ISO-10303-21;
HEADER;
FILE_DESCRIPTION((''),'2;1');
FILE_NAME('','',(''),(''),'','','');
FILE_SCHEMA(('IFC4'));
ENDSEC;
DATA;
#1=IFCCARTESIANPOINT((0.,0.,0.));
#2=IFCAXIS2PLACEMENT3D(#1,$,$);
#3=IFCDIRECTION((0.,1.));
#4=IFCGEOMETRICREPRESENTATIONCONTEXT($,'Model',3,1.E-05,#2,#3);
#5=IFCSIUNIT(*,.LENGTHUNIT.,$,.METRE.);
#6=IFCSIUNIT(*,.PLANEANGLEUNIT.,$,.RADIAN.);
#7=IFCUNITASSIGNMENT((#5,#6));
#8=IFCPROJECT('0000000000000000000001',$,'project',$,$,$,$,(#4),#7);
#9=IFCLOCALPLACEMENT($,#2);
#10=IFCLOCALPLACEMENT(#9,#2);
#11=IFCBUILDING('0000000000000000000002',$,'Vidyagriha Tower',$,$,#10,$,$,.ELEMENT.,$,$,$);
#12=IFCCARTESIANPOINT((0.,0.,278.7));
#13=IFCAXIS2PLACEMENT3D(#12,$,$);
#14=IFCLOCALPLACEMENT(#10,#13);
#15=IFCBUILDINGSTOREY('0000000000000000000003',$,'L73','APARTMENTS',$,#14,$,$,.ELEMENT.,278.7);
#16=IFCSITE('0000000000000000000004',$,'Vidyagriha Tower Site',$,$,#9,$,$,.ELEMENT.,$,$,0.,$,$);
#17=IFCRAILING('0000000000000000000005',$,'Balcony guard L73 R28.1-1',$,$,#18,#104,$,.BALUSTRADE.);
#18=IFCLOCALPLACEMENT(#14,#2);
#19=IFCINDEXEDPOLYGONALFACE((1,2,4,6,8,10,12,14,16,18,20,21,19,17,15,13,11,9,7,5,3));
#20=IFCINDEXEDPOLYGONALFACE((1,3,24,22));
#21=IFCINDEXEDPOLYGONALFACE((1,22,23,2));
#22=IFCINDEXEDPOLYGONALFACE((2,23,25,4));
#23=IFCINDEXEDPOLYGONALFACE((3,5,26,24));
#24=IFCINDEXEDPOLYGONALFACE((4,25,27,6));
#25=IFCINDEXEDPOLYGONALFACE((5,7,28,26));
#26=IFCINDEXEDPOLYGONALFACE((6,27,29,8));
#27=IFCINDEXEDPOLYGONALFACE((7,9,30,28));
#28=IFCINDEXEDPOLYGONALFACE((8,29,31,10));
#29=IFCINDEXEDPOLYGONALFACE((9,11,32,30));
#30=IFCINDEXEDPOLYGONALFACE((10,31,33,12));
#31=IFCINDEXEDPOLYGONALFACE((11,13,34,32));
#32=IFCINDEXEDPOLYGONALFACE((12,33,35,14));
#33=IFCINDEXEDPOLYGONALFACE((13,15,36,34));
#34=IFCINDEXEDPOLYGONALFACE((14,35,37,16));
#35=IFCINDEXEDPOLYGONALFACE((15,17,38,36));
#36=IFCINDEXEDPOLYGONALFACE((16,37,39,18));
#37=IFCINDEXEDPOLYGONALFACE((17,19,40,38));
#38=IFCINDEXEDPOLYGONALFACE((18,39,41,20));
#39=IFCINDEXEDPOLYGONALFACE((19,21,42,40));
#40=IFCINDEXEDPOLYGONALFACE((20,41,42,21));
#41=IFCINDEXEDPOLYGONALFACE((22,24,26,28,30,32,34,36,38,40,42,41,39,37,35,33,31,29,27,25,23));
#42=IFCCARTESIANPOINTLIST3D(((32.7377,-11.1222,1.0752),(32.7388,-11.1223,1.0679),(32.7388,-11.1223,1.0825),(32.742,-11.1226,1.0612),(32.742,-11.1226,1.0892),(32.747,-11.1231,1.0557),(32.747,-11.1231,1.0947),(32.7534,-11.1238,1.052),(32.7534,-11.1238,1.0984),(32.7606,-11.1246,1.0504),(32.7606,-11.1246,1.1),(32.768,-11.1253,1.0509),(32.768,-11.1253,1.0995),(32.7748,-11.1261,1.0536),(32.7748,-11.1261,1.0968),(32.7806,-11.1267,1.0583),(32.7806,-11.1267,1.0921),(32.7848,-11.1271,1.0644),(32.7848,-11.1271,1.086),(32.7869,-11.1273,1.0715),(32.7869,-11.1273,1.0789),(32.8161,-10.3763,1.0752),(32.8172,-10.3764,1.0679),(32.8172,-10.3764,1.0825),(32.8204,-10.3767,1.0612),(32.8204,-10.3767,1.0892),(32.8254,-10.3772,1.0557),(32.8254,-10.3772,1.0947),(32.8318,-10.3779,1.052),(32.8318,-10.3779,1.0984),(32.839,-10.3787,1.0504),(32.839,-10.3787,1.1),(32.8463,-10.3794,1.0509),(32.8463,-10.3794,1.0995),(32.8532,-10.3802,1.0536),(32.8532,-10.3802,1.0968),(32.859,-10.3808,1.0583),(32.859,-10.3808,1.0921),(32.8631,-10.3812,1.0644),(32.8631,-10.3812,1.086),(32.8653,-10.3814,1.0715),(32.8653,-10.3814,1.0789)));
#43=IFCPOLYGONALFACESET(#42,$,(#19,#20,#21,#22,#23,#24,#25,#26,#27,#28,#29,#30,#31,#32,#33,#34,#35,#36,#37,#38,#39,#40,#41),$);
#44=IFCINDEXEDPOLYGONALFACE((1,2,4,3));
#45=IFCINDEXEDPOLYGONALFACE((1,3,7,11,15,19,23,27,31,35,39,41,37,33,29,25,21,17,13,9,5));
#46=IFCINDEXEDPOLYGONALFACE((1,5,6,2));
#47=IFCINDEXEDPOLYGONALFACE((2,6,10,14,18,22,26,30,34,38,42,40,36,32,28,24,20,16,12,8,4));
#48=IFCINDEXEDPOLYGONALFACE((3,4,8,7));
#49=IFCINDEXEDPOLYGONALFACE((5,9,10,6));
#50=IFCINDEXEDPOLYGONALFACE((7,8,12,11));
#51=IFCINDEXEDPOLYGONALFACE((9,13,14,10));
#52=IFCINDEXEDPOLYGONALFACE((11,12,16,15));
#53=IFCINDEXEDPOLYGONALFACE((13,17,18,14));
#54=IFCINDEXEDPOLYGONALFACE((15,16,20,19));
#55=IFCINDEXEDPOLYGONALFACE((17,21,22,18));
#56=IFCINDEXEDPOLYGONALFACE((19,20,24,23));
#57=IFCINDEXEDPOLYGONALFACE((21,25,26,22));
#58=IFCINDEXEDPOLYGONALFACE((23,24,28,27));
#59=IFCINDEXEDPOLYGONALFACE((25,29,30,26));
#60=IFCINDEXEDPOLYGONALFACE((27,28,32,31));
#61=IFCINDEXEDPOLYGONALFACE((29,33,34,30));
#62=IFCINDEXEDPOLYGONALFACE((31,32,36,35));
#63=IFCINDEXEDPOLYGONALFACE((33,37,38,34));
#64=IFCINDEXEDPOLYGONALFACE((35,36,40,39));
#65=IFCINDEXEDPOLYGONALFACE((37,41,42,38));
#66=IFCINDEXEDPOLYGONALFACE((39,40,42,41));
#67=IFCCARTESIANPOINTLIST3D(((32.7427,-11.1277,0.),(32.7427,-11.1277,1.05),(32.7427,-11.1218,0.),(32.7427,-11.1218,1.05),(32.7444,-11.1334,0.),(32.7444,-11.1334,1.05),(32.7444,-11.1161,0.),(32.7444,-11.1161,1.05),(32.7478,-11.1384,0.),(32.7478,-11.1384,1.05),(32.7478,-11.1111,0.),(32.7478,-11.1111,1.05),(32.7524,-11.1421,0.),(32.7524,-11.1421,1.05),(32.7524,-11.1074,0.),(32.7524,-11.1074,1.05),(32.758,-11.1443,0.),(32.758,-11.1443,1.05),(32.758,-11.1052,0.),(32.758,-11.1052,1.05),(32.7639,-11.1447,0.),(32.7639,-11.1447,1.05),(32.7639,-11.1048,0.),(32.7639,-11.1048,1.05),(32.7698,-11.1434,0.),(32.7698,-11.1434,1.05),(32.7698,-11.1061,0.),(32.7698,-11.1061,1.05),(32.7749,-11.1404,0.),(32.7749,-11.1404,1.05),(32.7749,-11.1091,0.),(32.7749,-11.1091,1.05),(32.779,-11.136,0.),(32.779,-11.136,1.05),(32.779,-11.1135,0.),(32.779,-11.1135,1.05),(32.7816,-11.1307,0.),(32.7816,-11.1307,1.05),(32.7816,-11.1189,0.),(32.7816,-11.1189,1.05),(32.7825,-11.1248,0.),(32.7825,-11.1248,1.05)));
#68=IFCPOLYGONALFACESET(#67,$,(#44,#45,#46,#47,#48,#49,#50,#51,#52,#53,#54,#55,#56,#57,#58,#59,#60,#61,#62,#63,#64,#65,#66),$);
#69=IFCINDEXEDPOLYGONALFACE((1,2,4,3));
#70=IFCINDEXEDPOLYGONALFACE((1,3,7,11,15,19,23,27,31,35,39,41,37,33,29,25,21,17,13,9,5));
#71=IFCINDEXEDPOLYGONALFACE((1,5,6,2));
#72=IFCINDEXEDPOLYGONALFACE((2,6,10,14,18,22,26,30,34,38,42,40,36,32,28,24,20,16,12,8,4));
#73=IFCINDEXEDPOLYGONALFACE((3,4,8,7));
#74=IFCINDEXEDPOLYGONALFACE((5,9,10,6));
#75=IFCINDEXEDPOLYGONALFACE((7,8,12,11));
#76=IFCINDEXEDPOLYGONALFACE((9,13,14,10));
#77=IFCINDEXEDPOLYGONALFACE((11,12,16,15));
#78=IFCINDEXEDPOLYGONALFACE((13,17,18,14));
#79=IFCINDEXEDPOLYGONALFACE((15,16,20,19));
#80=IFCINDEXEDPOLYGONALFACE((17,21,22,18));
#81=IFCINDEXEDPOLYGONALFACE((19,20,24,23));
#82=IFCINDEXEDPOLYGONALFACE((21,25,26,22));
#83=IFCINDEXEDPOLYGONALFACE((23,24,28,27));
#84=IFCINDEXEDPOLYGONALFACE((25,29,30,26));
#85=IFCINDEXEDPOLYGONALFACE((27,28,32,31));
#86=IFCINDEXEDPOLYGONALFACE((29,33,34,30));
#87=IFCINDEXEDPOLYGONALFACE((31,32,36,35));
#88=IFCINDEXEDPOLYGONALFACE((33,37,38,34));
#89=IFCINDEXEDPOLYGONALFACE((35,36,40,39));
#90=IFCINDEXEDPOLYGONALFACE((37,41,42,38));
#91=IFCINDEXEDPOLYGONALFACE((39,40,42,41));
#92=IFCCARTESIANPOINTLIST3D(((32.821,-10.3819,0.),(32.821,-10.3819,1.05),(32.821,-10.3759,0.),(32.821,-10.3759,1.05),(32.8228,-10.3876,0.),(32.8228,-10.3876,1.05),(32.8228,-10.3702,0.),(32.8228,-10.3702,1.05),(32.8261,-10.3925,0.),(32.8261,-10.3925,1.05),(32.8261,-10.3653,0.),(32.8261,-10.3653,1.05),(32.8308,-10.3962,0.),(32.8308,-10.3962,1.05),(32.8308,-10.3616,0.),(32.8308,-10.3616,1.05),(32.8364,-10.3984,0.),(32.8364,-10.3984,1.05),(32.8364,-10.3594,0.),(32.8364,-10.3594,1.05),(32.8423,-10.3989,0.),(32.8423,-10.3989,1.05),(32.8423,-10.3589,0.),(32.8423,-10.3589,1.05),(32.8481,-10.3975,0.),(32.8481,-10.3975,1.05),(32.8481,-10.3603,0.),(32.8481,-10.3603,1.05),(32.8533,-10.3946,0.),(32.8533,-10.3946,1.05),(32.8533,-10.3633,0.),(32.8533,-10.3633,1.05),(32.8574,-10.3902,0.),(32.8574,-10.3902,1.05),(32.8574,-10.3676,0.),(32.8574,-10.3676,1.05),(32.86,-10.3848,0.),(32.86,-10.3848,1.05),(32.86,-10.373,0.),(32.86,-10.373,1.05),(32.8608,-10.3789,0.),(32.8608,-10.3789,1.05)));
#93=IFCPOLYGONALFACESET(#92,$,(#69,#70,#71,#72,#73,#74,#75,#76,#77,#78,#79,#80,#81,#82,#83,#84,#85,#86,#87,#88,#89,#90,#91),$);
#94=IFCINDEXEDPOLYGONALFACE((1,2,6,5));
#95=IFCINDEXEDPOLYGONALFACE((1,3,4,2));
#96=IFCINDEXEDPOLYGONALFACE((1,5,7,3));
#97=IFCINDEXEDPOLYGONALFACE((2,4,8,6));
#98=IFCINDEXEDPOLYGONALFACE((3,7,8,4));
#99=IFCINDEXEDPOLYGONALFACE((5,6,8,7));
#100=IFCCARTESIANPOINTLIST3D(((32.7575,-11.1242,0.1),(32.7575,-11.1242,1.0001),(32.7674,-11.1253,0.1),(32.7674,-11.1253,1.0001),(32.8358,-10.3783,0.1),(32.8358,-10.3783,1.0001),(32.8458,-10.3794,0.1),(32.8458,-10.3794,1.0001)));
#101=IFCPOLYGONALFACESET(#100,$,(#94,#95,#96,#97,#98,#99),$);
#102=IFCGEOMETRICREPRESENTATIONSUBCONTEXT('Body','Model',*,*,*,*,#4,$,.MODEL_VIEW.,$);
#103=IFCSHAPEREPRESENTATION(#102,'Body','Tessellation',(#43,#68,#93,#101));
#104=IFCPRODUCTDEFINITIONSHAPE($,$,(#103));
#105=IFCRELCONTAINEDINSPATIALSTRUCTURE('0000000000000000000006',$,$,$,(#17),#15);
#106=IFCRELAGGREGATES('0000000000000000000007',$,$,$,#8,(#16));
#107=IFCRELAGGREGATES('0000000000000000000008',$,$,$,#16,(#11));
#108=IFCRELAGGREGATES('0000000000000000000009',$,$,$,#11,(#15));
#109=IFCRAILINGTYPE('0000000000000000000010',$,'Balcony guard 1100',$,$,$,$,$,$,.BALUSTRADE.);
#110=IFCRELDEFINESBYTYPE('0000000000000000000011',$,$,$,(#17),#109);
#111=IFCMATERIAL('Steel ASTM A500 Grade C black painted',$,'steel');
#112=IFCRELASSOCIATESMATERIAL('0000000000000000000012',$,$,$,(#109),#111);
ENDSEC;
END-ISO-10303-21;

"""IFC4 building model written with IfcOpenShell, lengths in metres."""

from ifc_helpers import new_model, si_unit, direction, frame, origin, origin_2d, place, context, subcontext, project, spatial, rectangle, circle, extrude, material, type_object, element, save


model = new_model("IFC4")

# Units and contexts
model_context = context("Model", 3, precision=1e-05, world=origin(), true_north=direction((0.0, 1.0)))
body_context = subcontext(model_context, "Body", "Model", "MODEL_VIEW")
ifc_project = project(units=[si_unit("LENGTHUNIT", "METRE"), si_unit("PLANEANGLEUNIT", "RADIAN")], contexts=[model_context])

# Site, building, storey
site_placement = place(None, origin())
site = spatial("IfcSite", under=ifc_project, at=site_placement, Name="Vidyagriha Tower Site", CompositionType="ELEMENT", RefElevation=0.0)
building_placement = place(site_placement, origin())
building = spatial("IfcBuilding", under=site, at=building_placement, Name="Vidyagriha Tower", CompositionType="ELEMENT")
storey_placement = place(building_placement, frame((0.0, 0.0, 278.7)))
storey = spatial("IfcBuildingStorey", under=building, at=storey_placement, Name="L73", Description="APARTMENTS", CompositionType="ELEMENT", Elevation=278.7)

# Railing
ifc_material_1 = material(Name="Steel ASTM A500 Grade C black painted", Category="steel")
railing_type_1 = type_object("IfcRailingType", Name="Balcony guard 1100", PredefinedType="BALUSTRADE", material=ifc_material_1)
railing_1_placement = place(storey_placement, frame((32.7625, -11.1248, 0.0)))
element("IfcRailing", 1, at=railing_1_placement, inside=storey, type_object=railing_type_1, Name="Balcony guard L73 R28.1-1", PredefinedType="BALUSTRADE", context=body_context, shape_type="SweptSolid", body=[
    extrude(circle(Radius=0.0249, at=origin_2d()), frame((0.0, 0.0, 1.0752), z_axis=(0.104498, 0.994525, 0.0), x_axis=(-0.994525, 0.104498, 0.0)), (0.0, 0.0, 1.0), 0.75),
    extrude(circle(Radius=0.02, at=origin_2d()), origin(), (0.0, 0.0, 1.0), 1.05),
    extrude(circle(Radius=0.02, at=origin_2d()), frame((0.0784, 0.7458, 0.0)), (0.0, 0.0, 1.0), 1.05),
    extrude(rectangle(XDim=0.01, YDim=0.9001, at=origin_2d()), frame((0.0, 0.0, 0.55), z_axis=(0.104498, 0.994525, 0.0), x_axis=(-0.994525, 0.104498, 0.0)), (0.0, 0.0, 1.0), 0.75),
])

save(model, "model.ifc")
